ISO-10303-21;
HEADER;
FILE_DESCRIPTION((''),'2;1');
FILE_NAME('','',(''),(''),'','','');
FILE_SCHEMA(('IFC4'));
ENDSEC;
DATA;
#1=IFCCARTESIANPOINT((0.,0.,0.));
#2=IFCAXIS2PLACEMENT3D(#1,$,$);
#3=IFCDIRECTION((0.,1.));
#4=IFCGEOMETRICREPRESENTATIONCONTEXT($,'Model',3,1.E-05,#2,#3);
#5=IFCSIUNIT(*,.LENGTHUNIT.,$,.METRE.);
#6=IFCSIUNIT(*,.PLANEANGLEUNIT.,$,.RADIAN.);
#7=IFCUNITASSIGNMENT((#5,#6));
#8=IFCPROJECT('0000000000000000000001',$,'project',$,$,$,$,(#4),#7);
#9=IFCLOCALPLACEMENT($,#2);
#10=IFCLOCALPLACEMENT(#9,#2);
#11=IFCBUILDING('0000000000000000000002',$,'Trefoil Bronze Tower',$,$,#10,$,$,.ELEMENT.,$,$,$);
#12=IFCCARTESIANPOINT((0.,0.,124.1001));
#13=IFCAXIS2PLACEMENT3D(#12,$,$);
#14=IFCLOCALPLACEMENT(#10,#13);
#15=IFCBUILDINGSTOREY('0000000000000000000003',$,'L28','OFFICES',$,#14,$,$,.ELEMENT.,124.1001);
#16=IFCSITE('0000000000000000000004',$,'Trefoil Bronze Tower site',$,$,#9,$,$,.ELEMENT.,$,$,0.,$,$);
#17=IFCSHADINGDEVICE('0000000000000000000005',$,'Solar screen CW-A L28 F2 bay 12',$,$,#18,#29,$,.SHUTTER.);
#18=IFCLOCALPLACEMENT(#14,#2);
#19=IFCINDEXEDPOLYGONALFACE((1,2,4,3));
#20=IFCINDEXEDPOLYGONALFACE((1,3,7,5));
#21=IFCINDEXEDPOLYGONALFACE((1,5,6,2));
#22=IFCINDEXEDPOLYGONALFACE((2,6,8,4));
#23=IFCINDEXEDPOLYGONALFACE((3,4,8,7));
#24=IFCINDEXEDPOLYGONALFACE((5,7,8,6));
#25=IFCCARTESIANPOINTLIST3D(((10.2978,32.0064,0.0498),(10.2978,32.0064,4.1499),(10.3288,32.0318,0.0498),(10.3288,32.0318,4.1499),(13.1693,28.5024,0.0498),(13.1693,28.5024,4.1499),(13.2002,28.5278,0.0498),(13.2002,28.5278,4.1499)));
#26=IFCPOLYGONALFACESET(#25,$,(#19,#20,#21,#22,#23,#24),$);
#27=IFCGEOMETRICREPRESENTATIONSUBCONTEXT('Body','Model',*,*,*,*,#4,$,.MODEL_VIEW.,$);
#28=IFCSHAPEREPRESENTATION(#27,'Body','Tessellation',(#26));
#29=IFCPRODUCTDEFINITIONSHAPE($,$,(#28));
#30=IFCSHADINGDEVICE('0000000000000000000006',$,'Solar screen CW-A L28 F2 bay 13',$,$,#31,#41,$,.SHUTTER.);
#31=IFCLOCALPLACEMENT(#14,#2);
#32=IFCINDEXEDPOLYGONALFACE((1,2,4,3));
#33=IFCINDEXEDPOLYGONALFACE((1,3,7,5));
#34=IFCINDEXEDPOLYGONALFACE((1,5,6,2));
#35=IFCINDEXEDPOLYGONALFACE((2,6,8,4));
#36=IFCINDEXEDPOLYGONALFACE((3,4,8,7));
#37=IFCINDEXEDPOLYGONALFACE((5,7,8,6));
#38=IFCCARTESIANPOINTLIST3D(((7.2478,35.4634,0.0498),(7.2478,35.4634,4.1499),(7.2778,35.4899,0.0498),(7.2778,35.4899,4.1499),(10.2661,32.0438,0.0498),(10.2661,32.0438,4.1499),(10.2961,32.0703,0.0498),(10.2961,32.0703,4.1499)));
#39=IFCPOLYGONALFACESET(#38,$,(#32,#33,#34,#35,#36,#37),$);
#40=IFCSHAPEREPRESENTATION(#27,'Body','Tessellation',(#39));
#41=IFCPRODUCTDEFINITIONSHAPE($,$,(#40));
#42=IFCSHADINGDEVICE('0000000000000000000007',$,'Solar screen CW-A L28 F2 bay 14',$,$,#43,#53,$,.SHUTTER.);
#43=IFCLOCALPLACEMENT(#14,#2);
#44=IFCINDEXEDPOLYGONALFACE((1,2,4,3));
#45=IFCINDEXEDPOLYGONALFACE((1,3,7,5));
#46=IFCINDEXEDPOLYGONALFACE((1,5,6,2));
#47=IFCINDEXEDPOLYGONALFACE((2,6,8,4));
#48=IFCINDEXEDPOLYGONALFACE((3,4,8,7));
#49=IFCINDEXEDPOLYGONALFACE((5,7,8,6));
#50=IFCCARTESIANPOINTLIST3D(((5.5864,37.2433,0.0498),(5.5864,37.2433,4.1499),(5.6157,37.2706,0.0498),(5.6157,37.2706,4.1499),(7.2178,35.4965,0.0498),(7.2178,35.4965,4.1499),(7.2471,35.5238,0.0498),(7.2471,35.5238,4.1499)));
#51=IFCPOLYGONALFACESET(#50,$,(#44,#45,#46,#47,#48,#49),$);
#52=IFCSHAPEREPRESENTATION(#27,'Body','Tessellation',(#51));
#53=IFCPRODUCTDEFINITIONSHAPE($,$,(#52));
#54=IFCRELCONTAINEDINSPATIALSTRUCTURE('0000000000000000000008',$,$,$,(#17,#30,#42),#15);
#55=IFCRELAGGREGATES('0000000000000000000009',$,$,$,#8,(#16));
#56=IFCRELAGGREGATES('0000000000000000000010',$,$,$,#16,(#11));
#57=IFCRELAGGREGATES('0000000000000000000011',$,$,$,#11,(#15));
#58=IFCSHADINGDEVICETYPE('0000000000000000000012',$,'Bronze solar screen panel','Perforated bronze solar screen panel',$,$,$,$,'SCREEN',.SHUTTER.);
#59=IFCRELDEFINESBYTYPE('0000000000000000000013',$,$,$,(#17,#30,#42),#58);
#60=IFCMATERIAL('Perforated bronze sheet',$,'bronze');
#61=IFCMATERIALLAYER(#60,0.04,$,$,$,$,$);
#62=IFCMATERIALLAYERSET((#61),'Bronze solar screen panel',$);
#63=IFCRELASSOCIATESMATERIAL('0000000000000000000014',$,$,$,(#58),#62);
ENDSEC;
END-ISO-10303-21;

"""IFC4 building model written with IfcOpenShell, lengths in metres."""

from ifc_helpers import new_model, si_unit, direction, frame, origin, origin_2d, place, context, subcontext, project, spatial, rectangle, extrude, material, layer, layer_set, type_object, element, save


model = new_model("IFC4")

# Units and contexts
model_context = context("Model", 3, precision=1e-05, world=origin(), true_north=direction((0.0, 1.0)))
body_context = subcontext(model_context, "Body", "Model", "MODEL_VIEW")
ifc_project = project(units=[si_unit("LENGTHUNIT", "METRE"), si_unit("PLANEANGLEUNIT", "RADIAN")], contexts=[model_context])

# Site, building, storey
site_placement = place(None, origin())
site = spatial("IfcSite", under=ifc_project, at=site_placement, Name="Trefoil Bronze Tower site", CompositionType="ELEMENT", RefElevation=0.0)
building_placement = place(site_placement, origin())
building = spatial("IfcBuilding", under=site, at=building_placement, Name="Trefoil Bronze Tower", CompositionType="ELEMENT")
storey_placement = place(building_placement, frame((0.0, 0.0, 124.1001)))
storey = spatial("IfcBuildingStorey", under=building, at=storey_placement, Name="L28", Description="OFFICES", CompositionType="ELEMENT", Elevation=124.1001)

# Shading devices
ifc_material_1 = material(Name="Perforated bronze sheet", Category="bronze")
ifc_layer_1 = layer(ifc_material_1, 0.04)
ifc_layer_set_1 = layer_set([ifc_layer_1], Name="Bronze solar screen panel")
shading_device_type = type_object("IfcShadingDeviceType", Name="Bronze solar screen panel", Description="Perforated bronze solar screen panel", ElementType="SCREEN", PredefinedType="SHUTTER", material=ifc_layer_set_1)
shading_device_1_placement = place(storey_placement, frame((11.749, 30.2671, 0.0498), z_axis=(0.0, 0.0, 1.0), x_axis=(-0.63384, 0.773464, 0.0)))
element("IfcShadingDevice", 1, at=shading_device_1_placement, inside=storey, type_object=shading_device_type, Name="Solar screen CW-A L28 F2 bay 12", PredefinedType="SHUTTER", context=body_context, shape_type="SweptSolid", body=[
    extrude(rectangle(XDim=4.5303, YDim=0.04, at=origin_2d()), origin(), (0.0, 0.0, 1.0), 4.1001),
])
shading_device_2_placement = place(storey_placement, frame((8.772, 33.7668, 0.0498), z_axis=(0.0, 0.0, 1.0), x_axis=(-0.661751, 0.749723, 0.0)))
element("IfcShadingDevice", 2, at=shading_device_2_placement, inside=storey, type_object=shading_device_type, Name="Solar screen CW-A L28 F2 bay 13", PredefinedType="SHUTTER", context=body_context, shape_type="SweptSolid", body=[
    extrude(rectangle(XDim=4.561, YDim=0.04, at=origin_2d()), origin(), (0.0, 0.0, 1.0), 4.1001),
])
shading_device_3_placement = place(storey_placement, frame((6.4167, 36.3835, 0.0498), z_axis=(0.0, 0.0, 1.0), x_axis=(-0.682536, 0.730852, 0.0)))
element("IfcShadingDevice", 3, at=shading_device_3_placement, inside=storey, type_object=shading_device_type, Name="Solar screen CW-A L28 F2 bay 14", PredefinedType="SHUTTER", context=body_context, shape_type="SweptSolid", body=[
    extrude(rectangle(XDim=2.3901, YDim=0.04, at=origin_2d()), origin(), (0.0, 0.0, 1.0), 4.1001),
])

save(model, "model.ifc")
